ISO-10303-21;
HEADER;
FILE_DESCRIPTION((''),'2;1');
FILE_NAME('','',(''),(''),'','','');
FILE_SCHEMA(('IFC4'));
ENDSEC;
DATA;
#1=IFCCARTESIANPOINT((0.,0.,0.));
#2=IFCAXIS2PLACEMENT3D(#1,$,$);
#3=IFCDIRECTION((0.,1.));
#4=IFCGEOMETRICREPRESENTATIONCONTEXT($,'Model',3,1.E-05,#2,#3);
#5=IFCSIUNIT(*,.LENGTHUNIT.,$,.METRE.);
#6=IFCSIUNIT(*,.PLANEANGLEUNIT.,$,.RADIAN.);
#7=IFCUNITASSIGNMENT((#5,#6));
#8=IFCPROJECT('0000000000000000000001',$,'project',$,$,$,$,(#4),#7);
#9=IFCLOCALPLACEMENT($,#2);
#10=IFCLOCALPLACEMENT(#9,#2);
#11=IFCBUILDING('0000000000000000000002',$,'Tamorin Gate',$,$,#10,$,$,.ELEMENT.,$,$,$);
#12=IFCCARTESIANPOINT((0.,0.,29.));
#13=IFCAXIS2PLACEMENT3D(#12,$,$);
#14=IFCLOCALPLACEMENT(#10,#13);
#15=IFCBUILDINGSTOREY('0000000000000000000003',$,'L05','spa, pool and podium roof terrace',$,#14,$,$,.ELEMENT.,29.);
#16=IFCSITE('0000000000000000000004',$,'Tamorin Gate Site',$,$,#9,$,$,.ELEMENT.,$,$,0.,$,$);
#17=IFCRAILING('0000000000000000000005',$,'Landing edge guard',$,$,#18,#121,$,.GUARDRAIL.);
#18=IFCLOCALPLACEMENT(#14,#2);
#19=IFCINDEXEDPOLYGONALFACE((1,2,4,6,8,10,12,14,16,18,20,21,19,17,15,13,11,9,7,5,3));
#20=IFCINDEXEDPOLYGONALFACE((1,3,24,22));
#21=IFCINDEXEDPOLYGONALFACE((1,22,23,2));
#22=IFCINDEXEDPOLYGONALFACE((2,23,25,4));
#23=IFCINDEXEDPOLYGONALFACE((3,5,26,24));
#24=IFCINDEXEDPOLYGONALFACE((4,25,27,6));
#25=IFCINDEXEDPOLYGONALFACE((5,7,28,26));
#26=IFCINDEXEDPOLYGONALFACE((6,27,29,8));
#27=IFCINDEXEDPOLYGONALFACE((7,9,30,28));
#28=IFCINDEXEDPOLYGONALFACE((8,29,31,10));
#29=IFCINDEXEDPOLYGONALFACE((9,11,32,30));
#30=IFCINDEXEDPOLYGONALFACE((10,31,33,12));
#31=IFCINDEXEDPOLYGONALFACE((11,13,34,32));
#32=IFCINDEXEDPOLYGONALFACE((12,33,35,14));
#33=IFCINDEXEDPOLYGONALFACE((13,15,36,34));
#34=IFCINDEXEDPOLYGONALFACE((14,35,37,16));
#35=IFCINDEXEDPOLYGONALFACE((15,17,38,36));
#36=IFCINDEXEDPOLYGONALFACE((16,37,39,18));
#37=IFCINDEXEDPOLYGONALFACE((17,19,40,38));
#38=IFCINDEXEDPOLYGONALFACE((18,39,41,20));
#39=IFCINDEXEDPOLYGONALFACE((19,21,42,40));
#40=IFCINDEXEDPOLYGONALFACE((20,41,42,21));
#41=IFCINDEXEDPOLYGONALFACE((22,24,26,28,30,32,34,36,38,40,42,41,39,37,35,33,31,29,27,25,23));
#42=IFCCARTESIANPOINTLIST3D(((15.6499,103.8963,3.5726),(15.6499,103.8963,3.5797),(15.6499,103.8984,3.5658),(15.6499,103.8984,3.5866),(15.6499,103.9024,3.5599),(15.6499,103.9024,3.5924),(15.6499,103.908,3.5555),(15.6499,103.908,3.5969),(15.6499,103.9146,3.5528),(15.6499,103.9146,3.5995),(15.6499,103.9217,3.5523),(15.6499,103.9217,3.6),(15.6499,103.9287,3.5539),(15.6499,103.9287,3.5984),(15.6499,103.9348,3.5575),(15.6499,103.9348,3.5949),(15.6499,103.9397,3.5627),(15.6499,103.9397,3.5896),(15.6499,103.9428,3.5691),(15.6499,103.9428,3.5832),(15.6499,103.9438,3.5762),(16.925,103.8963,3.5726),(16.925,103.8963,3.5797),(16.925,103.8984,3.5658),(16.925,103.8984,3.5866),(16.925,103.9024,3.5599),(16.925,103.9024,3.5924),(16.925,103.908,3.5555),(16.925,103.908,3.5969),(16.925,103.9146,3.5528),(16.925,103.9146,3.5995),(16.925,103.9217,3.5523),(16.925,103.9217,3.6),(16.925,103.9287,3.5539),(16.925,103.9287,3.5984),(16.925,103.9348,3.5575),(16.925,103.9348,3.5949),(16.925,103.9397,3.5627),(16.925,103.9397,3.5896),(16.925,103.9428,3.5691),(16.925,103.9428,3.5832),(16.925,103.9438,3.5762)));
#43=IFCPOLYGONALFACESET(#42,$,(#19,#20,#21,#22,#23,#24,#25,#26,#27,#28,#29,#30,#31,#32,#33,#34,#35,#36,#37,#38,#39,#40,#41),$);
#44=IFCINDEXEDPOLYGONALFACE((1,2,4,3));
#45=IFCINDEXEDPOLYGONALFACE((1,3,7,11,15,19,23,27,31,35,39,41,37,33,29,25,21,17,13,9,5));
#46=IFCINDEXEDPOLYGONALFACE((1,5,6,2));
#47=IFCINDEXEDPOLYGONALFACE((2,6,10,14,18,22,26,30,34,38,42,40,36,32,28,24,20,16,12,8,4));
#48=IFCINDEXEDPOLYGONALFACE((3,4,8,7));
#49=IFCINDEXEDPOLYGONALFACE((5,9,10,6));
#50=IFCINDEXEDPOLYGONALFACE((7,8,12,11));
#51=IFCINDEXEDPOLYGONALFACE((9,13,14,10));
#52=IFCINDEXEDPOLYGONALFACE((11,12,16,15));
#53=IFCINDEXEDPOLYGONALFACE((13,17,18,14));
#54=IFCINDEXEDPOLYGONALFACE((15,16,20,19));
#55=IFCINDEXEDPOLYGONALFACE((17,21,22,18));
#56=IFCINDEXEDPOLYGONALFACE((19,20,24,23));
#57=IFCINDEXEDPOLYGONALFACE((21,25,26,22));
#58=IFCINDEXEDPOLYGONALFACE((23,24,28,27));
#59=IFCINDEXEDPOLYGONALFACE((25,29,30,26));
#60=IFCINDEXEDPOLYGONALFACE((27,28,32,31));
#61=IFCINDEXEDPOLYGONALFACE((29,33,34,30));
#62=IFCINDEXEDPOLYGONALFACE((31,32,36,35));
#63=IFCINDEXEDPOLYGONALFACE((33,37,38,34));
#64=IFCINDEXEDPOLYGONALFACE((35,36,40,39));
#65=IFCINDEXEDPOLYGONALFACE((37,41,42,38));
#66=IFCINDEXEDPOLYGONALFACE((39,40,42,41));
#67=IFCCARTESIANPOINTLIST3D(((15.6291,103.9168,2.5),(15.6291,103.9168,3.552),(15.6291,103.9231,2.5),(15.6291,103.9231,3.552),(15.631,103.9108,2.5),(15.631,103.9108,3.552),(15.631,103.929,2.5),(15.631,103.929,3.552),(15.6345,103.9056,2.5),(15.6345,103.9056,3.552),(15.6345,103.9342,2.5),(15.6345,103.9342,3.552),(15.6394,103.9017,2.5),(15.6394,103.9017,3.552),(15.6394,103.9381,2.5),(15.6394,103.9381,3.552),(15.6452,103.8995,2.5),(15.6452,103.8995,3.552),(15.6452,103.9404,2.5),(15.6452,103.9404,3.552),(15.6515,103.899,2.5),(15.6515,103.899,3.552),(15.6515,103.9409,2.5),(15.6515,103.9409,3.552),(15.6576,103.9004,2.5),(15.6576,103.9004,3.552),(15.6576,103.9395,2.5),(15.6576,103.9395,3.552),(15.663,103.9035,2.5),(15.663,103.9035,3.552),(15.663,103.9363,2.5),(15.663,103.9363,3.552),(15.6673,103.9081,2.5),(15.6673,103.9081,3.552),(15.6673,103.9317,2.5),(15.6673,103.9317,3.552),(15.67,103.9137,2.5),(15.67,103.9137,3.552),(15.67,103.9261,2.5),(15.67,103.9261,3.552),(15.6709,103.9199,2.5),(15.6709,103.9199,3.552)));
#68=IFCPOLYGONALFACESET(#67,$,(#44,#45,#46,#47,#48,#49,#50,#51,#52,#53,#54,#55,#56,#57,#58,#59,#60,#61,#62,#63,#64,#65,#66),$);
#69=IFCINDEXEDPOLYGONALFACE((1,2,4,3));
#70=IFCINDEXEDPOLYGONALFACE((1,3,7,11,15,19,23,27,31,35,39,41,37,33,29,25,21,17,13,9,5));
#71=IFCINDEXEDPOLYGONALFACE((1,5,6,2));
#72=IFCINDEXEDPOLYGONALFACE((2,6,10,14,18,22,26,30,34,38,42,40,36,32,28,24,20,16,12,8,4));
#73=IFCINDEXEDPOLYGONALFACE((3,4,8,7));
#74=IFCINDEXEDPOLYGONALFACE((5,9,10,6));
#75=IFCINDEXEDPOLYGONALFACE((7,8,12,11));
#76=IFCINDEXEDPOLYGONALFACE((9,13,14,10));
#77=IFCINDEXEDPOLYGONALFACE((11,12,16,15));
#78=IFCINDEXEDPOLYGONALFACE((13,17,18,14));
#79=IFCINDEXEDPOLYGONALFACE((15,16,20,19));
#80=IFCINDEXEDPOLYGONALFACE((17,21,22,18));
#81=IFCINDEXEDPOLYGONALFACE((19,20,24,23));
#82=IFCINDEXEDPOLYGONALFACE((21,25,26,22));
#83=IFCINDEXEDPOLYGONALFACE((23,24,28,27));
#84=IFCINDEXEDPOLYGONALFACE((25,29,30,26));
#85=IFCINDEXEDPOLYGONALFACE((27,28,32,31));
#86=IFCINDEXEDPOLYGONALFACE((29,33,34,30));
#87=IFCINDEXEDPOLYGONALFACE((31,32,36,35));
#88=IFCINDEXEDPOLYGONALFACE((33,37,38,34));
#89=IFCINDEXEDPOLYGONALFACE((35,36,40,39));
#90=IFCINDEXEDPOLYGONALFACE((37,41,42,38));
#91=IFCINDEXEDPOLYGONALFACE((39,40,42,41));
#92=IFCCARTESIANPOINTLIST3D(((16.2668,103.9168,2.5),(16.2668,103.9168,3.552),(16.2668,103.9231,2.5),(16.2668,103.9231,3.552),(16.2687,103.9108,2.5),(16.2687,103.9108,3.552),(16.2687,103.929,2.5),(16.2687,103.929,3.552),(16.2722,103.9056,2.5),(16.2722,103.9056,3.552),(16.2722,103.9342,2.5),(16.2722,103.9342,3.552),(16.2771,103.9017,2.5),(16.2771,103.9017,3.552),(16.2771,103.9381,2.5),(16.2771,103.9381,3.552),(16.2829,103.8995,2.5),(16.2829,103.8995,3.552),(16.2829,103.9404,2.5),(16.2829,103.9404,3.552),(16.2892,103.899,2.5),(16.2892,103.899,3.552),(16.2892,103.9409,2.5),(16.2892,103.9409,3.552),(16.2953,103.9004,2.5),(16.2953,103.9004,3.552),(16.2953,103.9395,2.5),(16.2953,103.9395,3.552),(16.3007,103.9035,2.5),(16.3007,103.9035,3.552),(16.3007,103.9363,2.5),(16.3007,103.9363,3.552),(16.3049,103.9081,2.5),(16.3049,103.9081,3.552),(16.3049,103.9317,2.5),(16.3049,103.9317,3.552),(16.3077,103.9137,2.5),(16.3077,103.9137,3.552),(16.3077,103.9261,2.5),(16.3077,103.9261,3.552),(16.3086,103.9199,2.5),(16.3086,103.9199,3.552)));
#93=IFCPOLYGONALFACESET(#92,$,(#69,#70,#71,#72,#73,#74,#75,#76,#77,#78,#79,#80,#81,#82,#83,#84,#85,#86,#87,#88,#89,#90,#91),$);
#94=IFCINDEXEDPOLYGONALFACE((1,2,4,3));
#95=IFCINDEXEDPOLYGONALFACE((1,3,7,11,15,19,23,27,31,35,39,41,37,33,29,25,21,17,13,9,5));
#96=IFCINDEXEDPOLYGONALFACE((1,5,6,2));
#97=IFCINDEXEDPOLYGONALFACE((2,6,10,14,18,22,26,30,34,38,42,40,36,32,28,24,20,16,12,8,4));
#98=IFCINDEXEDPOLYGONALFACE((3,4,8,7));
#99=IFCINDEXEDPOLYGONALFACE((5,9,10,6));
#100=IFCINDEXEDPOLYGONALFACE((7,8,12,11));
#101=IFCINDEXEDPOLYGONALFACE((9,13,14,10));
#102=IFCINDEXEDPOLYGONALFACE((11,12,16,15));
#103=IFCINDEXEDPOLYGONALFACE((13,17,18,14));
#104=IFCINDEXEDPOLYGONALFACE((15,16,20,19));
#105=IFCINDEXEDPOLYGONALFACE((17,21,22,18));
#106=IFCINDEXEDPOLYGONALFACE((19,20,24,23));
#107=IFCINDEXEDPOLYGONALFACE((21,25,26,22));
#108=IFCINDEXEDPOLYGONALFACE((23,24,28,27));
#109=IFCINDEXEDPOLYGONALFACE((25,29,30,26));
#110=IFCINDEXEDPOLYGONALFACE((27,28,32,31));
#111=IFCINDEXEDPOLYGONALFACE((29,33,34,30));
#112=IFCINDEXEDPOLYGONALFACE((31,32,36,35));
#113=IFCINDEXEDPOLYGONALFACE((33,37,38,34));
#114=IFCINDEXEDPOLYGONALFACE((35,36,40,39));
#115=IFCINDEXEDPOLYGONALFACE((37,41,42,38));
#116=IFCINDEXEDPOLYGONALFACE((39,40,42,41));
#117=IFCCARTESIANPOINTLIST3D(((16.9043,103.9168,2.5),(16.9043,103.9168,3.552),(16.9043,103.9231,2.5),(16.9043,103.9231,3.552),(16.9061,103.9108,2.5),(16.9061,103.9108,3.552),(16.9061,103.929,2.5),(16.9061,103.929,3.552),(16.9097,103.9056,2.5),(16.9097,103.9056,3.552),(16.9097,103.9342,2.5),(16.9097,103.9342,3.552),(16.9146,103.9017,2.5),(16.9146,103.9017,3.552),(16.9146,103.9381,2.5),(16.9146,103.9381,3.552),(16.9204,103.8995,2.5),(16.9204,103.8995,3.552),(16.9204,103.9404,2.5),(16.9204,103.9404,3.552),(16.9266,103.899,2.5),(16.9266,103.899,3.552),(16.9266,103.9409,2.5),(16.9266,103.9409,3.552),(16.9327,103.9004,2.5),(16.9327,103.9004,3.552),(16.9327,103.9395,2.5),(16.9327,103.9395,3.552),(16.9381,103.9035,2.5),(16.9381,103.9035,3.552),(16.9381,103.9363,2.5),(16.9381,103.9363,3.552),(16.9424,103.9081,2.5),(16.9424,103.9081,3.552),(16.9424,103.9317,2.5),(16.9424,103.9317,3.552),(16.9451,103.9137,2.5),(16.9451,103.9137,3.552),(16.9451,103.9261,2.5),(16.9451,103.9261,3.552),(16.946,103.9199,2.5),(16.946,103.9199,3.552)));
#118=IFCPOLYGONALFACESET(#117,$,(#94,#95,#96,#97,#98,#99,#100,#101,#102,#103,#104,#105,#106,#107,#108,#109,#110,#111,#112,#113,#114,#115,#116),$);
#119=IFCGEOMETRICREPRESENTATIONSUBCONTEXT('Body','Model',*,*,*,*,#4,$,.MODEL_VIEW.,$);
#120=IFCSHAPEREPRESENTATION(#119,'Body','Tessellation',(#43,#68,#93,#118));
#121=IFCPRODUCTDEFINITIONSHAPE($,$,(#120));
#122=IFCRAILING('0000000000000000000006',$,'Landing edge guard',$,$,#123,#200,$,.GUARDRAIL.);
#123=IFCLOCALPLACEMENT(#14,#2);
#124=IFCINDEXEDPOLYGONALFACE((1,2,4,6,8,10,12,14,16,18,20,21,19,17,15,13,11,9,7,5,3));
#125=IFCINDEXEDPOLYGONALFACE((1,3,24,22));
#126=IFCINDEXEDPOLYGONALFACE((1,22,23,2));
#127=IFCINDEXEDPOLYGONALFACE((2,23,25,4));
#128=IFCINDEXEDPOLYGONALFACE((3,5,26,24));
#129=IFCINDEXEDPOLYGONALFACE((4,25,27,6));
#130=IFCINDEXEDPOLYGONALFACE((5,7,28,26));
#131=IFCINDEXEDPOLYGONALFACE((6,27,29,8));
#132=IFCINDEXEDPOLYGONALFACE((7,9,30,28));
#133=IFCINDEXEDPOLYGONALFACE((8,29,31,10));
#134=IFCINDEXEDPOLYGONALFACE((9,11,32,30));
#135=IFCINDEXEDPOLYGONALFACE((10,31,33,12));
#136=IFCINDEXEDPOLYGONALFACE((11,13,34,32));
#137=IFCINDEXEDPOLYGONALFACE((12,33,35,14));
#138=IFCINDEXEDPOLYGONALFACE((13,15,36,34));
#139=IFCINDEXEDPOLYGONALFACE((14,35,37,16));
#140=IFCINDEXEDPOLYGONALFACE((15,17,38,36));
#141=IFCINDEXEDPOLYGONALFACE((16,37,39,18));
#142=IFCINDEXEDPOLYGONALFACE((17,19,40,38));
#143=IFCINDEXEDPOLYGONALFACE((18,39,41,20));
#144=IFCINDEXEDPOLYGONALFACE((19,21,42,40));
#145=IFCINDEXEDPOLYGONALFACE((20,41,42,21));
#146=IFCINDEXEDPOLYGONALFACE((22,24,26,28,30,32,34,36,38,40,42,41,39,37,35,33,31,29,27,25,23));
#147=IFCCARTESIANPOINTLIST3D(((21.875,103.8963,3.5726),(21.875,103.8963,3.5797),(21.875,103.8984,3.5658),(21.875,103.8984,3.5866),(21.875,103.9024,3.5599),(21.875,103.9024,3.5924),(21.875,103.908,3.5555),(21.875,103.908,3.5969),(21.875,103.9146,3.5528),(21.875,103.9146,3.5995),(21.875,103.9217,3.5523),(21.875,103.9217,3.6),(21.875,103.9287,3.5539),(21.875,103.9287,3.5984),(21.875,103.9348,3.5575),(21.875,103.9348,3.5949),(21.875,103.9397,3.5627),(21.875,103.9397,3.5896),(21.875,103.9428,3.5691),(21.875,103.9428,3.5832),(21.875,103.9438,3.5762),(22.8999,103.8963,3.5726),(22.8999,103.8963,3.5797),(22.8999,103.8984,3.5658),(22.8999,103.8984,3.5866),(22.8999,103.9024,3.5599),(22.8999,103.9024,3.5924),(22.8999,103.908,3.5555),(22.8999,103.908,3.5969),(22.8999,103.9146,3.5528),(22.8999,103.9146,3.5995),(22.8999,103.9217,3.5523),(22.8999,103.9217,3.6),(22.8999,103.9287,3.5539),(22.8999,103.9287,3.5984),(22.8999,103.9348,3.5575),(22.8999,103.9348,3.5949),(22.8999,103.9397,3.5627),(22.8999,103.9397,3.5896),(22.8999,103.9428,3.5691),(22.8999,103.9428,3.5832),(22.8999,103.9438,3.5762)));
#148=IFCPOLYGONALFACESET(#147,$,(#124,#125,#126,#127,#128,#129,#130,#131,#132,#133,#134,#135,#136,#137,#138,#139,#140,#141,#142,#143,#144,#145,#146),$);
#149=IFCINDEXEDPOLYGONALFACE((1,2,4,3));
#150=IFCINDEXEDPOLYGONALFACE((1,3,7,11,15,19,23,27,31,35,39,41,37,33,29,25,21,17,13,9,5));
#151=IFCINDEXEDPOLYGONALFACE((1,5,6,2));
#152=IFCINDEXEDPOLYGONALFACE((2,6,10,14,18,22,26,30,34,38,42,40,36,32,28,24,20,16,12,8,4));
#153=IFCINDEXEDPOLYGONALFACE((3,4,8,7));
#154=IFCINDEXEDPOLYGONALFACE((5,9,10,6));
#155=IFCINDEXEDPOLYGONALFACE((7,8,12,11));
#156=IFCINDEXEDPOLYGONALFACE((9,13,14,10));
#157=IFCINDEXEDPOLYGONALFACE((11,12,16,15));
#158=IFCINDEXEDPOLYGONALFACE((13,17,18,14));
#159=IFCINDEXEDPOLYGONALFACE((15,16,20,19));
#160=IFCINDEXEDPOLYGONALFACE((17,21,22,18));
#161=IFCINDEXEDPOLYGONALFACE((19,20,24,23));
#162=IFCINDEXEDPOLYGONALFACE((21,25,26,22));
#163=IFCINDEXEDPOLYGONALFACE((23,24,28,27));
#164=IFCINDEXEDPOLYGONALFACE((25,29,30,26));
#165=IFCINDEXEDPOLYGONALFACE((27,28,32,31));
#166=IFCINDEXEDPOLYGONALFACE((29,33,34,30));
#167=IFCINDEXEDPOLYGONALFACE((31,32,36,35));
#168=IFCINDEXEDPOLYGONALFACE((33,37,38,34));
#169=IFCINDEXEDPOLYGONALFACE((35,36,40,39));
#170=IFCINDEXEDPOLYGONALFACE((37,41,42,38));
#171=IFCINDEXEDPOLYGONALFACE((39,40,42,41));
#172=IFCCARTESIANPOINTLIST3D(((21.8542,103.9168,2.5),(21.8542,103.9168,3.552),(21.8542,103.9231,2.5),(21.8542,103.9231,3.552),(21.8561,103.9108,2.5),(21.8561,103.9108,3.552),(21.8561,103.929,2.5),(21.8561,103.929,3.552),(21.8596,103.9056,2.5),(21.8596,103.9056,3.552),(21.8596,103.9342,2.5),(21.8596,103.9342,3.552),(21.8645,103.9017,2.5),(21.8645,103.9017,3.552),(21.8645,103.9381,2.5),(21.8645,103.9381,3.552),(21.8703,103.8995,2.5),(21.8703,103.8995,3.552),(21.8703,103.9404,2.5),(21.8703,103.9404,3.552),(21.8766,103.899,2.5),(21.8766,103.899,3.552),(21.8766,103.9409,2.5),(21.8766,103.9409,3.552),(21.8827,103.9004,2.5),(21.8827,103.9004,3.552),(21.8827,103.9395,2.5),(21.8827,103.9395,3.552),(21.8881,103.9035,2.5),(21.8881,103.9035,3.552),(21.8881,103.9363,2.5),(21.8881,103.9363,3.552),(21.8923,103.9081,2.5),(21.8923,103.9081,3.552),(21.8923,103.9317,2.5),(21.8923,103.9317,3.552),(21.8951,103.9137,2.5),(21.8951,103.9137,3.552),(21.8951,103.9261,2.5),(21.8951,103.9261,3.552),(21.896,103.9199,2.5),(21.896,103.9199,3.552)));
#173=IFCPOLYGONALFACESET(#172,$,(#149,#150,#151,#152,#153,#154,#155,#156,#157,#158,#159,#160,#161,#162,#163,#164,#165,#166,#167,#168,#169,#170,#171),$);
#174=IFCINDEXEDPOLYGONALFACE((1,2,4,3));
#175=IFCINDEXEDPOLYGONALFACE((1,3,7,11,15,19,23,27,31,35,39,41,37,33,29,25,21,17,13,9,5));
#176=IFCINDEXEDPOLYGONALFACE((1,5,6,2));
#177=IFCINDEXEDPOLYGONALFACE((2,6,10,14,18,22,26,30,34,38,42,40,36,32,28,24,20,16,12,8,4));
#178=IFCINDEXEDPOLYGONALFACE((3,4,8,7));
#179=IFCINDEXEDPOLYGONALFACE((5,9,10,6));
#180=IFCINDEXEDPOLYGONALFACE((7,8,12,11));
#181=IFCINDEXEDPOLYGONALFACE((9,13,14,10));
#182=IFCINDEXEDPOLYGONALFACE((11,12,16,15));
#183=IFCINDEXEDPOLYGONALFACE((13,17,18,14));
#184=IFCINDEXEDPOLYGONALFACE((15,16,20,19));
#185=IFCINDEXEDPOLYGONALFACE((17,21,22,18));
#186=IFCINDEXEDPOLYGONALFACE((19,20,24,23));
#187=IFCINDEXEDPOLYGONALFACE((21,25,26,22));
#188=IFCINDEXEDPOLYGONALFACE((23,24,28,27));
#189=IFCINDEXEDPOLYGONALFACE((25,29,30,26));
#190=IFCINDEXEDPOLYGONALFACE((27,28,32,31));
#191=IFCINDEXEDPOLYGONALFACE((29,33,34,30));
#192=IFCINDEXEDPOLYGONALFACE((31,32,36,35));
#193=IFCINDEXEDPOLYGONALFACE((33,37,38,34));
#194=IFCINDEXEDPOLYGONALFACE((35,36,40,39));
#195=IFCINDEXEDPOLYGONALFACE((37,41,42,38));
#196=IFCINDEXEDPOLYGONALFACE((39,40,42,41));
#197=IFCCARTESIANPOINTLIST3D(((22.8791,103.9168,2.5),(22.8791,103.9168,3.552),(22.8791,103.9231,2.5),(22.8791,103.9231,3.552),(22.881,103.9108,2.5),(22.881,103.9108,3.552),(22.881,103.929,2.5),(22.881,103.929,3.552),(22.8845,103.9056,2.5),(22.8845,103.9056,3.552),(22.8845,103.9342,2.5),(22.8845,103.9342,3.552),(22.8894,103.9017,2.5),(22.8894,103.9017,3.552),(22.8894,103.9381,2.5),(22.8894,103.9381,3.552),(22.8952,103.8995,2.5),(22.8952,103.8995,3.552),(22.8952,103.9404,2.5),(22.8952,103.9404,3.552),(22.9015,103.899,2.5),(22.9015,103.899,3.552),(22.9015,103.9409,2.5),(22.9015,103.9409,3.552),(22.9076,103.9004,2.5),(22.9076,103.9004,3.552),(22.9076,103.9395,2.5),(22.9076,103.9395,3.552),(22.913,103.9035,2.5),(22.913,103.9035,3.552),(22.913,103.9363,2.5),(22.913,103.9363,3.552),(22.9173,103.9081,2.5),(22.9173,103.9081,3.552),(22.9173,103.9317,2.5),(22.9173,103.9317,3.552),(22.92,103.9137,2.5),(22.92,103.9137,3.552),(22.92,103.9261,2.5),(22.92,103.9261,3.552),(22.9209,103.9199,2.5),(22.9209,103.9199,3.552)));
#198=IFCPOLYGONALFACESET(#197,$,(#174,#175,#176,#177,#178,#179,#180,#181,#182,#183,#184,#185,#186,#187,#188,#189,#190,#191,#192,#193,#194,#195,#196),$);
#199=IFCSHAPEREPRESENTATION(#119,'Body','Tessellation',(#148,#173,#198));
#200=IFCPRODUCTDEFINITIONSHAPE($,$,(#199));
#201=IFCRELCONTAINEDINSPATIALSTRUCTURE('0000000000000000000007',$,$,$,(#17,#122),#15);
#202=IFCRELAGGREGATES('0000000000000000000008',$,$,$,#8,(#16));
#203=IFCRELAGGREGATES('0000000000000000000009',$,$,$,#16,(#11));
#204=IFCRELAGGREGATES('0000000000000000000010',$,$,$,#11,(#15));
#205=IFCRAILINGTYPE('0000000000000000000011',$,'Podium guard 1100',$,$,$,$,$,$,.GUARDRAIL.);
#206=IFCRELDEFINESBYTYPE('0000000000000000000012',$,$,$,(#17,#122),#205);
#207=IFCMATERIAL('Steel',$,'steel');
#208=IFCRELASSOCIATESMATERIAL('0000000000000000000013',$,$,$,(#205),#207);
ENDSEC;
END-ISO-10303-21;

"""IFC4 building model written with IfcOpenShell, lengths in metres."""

from ifc_helpers import new_model, si_unit, direction, frame, origin, origin_2d, place, context, subcontext, project, spatial, circle, extrude, material, type_object, element, save


model = new_model("IFC4")

# Units and contexts
model_context = context("Model", 3, precision=1e-05, world=origin(), true_north=direction((0.0, 1.0)))
body_context = subcontext(model_context, "Body", "Model", "MODEL_VIEW")
ifc_project = project(units=[si_unit("LENGTHUNIT", "METRE"), si_unit("PLANEANGLEUNIT", "RADIAN")], contexts=[model_context])

# Site, building, storey
site_placement = place(None, origin())
site = spatial("IfcSite", under=ifc_project, at=site_placement, Name="Tamorin Gate Site", CompositionType="ELEMENT", RefElevation=0.0)
building_placement = place(site_placement, origin())
building = spatial("IfcBuilding", under=site, at=building_placement, Name="Tamorin Gate", CompositionType="ELEMENT")
storey_placement = place(building_placement, frame((0.0, 0.0, 29.0)))
storey = spatial("IfcBuildingStorey", under=building, at=storey_placement, Name="L05", Description="spa, pool and podium roof terrace", CompositionType="ELEMENT", Elevation=29.0)

# Railings
ifc_material_1 = material(Name="Steel", Category="steel")
railing_type_1 = type_object("IfcRailingType", Name="Podium guard 1100", PredefinedType="GUARDRAIL", material=ifc_material_1)
railing_1_placement = place(storey_placement, frame((15.6499, 103.9199, 2.5)))
element("IfcRailing", 1, at=railing_1_placement, inside=storey, type_object=railing_type_1, Name="Landing edge guard", PredefinedType="GUARDRAIL", context=body_context, shape_type="SweptSolid", body=[
    extrude(circle(Radius=0.0239, at=origin_2d()), frame((0.0, 0.0, 1.0762), z_axis=(1.0, 0.0, 0.0), x_axis=(0.0, 1.0, 0.0)), (0.0, 0.0, 1.0), 1.2751),
    extrude(circle(Radius=0.021, at=origin_2d()), origin(), (0.0, 0.0, 1.0), 1.052),
    extrude(circle(Radius=0.021, at=origin_2d()), frame((0.6377, 0.0, 0.0)), (0.0, 0.0, 1.0), 1.052),
    extrude(circle(Radius=0.021, at=origin_2d()), frame((1.2751, 0.0, 0.0)), (0.0, 0.0, 1.0), 1.052),
])
railing_2_placement = place(storey_placement, frame((21.875, 103.9199, 2.5)))
element("IfcRailing", 2, at=railing_2_placement, inside=storey, type_object=railing_type_1, Name="Landing edge guard", PredefinedType="GUARDRAIL", context=body_context, shape_type="SweptSolid", body=[
    extrude(circle(Radius=0.0239, at=origin_2d()), frame((0.0, 0.0, 1.0762), z_axis=(1.0, 0.0, 0.0), x_axis=(0.0, 1.0, 0.0)), (0.0, 0.0, 1.0), 1.0249),
    extrude(circle(Radius=0.021, at=origin_2d()), origin(), (0.0, 0.0, 1.0), 1.052),
    extrude(circle(Radius=0.021, at=origin_2d()), frame((1.0249, 0.0, 0.0)), (0.0, 0.0, 1.0), 1.052),
])

save(model, "model.ifc")
